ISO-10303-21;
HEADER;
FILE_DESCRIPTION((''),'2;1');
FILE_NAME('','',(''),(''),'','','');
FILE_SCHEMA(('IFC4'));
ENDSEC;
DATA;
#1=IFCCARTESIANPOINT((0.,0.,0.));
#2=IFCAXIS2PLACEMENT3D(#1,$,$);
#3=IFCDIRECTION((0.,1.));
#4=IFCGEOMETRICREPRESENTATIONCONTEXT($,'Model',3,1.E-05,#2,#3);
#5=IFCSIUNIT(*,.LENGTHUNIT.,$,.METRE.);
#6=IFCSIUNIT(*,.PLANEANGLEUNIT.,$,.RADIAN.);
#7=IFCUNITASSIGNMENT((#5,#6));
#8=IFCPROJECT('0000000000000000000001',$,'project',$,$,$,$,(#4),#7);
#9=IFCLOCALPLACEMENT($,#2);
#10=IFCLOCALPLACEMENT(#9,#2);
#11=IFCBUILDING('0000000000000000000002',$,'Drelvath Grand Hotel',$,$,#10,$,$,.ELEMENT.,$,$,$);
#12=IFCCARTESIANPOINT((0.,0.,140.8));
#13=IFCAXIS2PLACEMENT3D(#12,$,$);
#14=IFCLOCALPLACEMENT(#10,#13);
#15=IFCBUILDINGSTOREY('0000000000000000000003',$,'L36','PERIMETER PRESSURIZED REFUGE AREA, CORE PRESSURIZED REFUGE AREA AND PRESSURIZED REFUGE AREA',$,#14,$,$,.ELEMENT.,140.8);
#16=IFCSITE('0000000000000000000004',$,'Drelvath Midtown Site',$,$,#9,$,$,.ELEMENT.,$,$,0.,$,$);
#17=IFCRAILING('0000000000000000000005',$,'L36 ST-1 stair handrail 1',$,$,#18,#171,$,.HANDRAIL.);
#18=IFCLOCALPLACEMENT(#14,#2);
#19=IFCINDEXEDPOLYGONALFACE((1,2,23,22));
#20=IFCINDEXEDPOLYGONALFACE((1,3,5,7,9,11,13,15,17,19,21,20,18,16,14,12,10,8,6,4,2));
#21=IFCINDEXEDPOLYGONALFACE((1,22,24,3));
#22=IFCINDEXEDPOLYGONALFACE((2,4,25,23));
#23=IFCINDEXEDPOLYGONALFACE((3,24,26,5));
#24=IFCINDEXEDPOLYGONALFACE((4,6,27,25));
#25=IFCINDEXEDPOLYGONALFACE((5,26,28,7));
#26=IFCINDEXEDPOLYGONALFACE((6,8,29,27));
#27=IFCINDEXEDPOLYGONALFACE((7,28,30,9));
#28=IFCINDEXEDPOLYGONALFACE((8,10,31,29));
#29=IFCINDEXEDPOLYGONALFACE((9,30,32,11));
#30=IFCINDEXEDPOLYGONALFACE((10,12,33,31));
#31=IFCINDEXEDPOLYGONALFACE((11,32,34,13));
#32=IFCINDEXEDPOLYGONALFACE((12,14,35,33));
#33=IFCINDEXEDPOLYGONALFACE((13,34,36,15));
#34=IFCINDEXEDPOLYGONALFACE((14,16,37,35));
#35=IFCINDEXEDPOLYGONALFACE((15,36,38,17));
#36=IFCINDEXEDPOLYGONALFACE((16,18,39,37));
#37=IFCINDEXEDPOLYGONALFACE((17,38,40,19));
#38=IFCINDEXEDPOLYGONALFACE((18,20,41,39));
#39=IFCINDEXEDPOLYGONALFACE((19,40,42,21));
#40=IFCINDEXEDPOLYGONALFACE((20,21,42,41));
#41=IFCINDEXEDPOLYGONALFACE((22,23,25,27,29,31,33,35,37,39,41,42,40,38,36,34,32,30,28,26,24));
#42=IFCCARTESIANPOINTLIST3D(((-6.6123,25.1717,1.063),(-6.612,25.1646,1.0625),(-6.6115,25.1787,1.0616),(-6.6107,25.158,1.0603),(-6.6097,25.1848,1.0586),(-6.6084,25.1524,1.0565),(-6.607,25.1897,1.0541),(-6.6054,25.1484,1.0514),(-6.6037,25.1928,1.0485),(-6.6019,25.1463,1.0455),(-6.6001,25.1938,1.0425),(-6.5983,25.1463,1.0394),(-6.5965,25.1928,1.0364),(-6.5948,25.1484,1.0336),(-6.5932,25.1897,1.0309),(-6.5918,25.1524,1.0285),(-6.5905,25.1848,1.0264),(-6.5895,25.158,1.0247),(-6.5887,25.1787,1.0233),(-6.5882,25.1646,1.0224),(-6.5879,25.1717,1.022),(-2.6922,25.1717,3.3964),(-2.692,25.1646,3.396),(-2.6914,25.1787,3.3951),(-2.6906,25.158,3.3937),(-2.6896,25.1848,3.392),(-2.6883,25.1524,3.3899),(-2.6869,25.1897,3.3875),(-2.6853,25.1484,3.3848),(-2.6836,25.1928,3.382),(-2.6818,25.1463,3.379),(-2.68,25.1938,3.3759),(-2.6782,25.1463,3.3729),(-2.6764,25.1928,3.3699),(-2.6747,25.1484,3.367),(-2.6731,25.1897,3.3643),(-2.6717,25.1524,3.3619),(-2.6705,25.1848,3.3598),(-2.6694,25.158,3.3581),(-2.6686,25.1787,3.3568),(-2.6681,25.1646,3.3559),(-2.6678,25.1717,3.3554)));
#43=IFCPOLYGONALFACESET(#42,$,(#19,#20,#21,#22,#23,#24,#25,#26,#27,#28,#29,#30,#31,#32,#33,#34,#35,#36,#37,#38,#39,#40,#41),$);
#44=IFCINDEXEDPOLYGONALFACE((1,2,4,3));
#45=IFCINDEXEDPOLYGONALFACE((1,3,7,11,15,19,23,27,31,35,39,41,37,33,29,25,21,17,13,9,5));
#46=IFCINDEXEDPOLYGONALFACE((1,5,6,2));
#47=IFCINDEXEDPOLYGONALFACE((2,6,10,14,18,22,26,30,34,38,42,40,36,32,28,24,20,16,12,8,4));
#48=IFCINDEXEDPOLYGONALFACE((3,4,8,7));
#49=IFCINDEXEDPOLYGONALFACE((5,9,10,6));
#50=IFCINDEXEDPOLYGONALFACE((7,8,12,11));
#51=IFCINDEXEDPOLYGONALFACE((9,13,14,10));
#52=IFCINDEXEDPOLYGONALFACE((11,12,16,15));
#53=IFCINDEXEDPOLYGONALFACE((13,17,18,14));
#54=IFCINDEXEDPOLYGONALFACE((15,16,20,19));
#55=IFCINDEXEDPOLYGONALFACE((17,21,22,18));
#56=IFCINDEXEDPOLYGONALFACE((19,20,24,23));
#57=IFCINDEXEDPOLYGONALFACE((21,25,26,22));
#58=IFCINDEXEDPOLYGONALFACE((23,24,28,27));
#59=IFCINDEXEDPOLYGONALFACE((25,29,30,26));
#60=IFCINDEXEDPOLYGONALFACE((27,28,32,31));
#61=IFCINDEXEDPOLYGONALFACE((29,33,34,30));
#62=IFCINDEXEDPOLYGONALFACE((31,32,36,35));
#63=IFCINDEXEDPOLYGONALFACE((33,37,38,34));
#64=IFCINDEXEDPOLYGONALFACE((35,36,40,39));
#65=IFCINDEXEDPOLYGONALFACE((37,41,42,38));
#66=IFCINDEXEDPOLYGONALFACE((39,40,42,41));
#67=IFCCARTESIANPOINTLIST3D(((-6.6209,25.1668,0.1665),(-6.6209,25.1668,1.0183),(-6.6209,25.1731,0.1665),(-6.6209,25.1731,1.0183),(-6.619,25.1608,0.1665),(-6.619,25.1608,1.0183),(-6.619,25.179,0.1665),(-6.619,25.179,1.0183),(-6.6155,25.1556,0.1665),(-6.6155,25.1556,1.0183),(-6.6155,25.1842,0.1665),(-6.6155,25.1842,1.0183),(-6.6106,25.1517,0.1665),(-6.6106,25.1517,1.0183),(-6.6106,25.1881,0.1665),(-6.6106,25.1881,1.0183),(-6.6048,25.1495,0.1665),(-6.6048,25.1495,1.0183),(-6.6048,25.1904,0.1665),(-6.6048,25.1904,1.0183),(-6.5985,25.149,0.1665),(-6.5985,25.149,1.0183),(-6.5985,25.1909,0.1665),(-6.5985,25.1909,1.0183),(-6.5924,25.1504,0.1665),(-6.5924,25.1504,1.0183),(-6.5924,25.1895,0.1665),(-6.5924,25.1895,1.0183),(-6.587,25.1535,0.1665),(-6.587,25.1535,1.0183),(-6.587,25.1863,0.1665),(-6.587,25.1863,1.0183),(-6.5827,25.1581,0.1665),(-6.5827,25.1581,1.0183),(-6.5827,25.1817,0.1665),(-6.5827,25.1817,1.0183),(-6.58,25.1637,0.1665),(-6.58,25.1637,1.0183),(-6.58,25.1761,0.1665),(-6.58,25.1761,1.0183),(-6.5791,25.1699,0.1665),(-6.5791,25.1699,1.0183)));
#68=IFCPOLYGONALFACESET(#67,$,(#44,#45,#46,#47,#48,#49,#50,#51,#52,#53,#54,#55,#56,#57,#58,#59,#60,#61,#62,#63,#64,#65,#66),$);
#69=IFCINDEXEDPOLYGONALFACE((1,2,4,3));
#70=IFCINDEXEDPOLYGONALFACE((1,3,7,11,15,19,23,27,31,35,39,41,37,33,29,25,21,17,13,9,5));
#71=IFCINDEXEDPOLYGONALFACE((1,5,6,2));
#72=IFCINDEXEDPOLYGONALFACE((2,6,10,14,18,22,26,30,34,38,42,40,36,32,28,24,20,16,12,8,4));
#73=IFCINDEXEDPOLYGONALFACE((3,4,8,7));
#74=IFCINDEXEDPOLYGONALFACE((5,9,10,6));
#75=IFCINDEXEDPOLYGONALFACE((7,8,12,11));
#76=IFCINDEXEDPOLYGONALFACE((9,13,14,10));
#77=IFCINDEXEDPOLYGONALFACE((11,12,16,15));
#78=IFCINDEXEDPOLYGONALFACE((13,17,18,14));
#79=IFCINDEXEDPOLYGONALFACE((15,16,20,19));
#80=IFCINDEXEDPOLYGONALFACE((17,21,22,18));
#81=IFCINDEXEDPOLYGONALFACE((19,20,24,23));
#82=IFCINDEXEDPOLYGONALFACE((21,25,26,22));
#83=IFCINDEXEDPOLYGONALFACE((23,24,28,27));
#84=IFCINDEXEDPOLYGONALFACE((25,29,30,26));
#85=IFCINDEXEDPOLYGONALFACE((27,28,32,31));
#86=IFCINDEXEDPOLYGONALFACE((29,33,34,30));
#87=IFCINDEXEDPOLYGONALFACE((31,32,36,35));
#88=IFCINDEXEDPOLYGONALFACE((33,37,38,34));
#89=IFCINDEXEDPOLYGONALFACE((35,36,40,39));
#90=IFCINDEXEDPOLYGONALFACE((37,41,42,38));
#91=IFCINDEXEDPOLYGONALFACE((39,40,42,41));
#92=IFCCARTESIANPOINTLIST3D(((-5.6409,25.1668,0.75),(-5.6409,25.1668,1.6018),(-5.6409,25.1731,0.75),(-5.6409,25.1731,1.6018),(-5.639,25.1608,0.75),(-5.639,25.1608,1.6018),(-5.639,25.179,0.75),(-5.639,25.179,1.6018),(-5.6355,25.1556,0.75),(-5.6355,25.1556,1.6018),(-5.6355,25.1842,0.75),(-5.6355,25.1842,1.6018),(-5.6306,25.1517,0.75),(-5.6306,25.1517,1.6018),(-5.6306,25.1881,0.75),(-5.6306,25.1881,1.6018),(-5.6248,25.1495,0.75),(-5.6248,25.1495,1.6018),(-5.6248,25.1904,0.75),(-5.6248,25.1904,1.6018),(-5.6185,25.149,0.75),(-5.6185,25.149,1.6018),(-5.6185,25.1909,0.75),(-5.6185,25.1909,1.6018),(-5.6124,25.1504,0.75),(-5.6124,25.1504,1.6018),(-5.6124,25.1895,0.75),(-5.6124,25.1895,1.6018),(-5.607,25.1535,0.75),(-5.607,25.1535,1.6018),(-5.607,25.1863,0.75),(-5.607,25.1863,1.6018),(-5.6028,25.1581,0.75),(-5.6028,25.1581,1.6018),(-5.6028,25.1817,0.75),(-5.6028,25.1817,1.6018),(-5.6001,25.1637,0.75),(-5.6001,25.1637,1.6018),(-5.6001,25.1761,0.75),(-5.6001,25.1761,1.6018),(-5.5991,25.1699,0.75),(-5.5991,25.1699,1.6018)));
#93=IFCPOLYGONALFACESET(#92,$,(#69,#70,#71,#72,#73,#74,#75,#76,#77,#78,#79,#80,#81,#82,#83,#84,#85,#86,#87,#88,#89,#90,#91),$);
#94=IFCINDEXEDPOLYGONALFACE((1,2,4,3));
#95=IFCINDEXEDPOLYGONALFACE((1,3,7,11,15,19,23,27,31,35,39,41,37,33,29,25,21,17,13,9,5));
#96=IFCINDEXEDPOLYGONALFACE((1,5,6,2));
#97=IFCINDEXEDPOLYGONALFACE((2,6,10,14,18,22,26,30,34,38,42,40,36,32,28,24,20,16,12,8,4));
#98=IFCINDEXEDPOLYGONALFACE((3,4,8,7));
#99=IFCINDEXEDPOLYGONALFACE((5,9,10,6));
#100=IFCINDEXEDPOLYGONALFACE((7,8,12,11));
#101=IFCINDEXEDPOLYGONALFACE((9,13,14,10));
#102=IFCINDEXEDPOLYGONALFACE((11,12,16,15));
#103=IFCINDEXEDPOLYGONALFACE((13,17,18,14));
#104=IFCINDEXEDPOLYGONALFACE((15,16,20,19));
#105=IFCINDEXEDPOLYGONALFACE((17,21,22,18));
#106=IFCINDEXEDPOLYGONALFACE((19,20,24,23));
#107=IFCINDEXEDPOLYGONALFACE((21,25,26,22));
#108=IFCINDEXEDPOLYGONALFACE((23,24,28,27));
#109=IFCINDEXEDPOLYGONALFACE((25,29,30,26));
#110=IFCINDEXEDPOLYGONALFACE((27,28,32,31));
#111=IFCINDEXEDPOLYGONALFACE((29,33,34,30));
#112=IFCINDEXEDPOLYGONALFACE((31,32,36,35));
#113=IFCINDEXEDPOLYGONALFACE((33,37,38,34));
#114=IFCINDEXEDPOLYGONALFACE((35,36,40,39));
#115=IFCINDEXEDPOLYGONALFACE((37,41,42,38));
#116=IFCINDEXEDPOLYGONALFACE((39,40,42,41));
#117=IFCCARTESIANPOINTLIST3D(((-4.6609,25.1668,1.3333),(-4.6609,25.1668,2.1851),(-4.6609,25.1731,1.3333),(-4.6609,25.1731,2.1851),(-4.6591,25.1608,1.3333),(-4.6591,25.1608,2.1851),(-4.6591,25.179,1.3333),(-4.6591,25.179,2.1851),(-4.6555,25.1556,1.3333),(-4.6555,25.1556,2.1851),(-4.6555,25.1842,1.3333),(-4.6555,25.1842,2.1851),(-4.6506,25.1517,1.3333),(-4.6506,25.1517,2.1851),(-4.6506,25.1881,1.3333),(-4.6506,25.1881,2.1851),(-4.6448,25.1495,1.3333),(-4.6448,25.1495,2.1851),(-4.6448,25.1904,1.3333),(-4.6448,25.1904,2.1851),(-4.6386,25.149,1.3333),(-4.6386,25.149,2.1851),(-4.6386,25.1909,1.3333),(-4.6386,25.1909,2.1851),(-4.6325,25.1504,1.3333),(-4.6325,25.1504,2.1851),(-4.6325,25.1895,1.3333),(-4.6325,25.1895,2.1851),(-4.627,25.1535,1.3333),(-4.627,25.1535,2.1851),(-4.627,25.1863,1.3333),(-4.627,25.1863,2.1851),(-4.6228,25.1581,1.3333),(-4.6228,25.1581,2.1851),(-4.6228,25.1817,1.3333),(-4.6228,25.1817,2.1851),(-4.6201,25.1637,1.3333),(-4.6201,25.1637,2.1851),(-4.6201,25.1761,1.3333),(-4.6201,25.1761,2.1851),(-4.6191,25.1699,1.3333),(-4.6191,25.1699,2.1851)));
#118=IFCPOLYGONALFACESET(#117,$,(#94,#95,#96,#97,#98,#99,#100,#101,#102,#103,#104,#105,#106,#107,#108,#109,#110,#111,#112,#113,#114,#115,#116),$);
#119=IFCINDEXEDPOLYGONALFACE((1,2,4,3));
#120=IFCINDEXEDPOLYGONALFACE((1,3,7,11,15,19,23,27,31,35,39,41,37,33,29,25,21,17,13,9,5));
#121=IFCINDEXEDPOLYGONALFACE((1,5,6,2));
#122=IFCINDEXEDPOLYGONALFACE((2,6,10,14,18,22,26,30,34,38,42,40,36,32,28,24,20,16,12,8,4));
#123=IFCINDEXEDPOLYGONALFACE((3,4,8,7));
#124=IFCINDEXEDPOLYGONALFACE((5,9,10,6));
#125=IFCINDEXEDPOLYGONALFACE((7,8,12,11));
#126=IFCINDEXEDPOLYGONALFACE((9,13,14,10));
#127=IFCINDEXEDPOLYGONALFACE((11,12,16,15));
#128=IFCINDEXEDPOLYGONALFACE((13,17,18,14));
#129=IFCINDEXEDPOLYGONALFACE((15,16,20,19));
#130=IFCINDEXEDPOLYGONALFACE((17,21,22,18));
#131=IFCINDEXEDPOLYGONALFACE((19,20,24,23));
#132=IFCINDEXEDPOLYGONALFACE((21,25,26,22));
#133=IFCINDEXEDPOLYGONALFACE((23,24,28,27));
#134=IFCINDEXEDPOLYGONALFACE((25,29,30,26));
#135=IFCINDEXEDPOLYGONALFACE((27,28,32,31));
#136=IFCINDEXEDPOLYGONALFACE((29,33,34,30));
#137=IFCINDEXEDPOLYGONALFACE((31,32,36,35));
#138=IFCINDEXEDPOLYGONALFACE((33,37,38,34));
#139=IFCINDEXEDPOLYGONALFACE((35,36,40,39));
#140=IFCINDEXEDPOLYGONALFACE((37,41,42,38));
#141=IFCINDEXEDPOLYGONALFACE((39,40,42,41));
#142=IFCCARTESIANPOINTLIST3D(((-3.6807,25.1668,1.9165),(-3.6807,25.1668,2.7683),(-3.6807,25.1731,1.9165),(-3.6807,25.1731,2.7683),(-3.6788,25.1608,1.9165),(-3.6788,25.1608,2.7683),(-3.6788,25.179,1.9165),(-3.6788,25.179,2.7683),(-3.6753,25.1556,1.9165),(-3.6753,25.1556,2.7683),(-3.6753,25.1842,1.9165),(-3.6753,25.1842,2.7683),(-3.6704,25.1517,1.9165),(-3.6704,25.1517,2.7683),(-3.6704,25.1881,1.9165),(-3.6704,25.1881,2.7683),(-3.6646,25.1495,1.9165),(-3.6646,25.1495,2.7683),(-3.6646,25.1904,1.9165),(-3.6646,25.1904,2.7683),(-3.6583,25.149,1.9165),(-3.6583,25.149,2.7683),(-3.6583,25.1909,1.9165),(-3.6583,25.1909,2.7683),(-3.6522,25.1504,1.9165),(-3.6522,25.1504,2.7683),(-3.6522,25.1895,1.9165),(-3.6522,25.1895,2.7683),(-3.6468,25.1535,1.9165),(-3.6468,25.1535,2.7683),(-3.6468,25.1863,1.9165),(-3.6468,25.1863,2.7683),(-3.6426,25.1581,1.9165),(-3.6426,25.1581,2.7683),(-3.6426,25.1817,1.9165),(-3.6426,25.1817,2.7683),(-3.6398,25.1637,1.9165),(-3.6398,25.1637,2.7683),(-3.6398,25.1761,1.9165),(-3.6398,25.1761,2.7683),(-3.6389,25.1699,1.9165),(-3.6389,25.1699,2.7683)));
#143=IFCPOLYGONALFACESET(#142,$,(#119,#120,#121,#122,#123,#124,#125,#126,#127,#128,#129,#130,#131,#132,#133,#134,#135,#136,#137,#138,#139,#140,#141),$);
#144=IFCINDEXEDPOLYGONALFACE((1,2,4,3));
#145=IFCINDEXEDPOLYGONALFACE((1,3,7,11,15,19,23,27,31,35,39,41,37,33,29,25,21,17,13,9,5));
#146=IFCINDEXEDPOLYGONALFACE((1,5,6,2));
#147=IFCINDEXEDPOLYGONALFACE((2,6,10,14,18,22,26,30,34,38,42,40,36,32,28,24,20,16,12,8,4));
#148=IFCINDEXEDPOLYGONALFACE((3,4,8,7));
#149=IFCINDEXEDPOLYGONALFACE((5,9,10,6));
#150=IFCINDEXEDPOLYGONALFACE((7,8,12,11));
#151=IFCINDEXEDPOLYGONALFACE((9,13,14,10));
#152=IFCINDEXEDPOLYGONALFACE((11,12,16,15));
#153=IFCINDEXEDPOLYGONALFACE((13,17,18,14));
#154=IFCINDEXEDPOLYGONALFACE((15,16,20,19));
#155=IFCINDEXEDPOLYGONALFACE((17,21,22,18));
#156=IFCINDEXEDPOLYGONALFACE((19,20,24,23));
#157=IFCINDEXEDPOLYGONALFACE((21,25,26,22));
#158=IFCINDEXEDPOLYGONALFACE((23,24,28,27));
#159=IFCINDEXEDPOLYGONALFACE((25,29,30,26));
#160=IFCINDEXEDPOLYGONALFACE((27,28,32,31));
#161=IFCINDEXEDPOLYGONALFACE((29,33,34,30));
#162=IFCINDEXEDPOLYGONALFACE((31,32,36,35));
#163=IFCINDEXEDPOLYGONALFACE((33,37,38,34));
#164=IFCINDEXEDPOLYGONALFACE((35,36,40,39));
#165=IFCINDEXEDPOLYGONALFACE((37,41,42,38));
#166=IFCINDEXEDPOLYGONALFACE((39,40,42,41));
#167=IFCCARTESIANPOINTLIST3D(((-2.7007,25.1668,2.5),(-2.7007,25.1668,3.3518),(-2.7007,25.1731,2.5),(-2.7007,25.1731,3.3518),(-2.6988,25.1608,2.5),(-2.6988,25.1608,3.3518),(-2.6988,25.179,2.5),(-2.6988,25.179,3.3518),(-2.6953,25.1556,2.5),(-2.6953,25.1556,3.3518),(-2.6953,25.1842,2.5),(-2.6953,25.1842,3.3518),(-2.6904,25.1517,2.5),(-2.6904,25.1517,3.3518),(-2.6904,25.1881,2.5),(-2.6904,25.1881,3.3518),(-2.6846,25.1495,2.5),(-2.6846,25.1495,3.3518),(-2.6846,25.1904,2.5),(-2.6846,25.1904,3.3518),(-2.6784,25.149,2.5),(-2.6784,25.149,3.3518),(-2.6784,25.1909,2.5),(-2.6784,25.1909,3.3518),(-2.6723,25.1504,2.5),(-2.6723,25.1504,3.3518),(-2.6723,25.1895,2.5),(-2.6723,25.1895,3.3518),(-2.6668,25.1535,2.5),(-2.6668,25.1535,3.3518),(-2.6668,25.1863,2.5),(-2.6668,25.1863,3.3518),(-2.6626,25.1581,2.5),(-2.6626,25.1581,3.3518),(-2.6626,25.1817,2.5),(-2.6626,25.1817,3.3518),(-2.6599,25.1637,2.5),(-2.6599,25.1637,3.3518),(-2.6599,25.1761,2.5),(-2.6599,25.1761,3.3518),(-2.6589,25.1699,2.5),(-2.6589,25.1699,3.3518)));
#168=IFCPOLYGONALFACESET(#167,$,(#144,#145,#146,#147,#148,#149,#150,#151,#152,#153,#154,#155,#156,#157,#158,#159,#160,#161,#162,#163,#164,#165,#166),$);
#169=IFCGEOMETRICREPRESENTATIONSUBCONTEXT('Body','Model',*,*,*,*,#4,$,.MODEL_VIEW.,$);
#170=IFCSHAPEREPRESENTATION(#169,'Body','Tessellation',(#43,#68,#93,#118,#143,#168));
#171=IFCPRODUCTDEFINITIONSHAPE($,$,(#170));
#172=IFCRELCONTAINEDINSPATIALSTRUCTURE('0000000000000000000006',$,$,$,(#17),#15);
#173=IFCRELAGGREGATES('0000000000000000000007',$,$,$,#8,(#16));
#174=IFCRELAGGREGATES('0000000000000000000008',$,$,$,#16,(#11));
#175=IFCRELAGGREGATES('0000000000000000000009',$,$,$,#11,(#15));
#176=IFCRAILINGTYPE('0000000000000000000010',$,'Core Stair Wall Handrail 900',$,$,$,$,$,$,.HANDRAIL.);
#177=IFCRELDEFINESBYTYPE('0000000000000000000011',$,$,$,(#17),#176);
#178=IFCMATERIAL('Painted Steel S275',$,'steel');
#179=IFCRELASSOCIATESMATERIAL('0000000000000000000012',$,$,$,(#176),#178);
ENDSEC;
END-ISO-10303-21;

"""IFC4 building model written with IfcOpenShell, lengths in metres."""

from ifc_helpers import new_model, si_unit, direction, frame, origin, origin_2d, place, context, subcontext, project, spatial, circle, extrude, material, type_object, element, save


model = new_model("IFC4")

# Units and contexts
model_context = context("Model", 3, precision=1e-05, world=origin(), true_north=direction((0.0, 1.0)))
body_context = subcontext(model_context, "Body", "Model", "MODEL_VIEW")
ifc_project = project(units=[si_unit("LENGTHUNIT", "METRE"), si_unit("PLANEANGLEUNIT", "RADIAN")], contexts=[model_context])

# Site, building, storey
site_placement = place(None, origin())
site = spatial("IfcSite", under=ifc_project, at=site_placement, Name="Drelvath Midtown Site", CompositionType="ELEMENT", RefElevation=0.0)
building_placement = place(site_placement, origin())
building = spatial("IfcBuilding", under=site, at=building_placement, Name="Drelvath Grand Hotel", CompositionType="ELEMENT")
storey_placement = place(building_placement, frame((0.0, 0.0, 140.8)))
storey = spatial("IfcBuildingStorey", under=building, at=storey_placement, Name="L36", Description="PERIMETER PRESSURIZED REFUGE AREA, CORE PRESSURIZED REFUGE AREA AND PRESSURIZED REFUGE AREA", CompositionType="ELEMENT", Elevation=140.8)

# Shared definitions
ifc_material_1 = material(Name="Painted Steel S275", Category="steel")

# Railing
railing_type_1 = type_object("IfcRailingType", Name="Core Stair Wall Handrail 900", PredefinedType="HANDRAIL", material=ifc_material_1)
railing_1_placement = place(storey_placement, frame((-6.6001, 25.1699, 0.1665)))
element("IfcRailing", 1, at=railing_1_placement, inside=storey, type_object=railing_type_1, Name="L36 ST-1 stair handrail 1", PredefinedType="HANDRAIL", context=body_context, shape_type="SweptSolid", body=[
    extrude(circle(Radius=0.0239, at=origin_2d()), frame((0.0, 0.0, 0.876), z_axis=(0.859287, 0.0, 0.511494), x_axis=(0.0, 1.0, 0.0)), (0.0, 0.0, 1.0), 4.562),
    extrude(circle(Radius=0.021, at=origin_2d()), origin(), (0.0, 0.0, 1.0), 0.8518),
    extrude(circle(Radius=0.021, at=origin_2d()), frame((0.98, 0.0, 0.5835)), (0.0, 0.0, 1.0), 0.8518),
    extrude(circle(Radius=0.021, at=origin_2d()), frame((1.96, 0.0, 1.1667)), (0.0, 0.0, 1.0), 0.8518),
    extrude(circle(Radius=0.021, at=origin_2d()), frame((2.9402, 0.0, 1.75)), (0.0, 0.0, 1.0), 0.8518),
    extrude(circle(Radius=0.021, at=origin_2d()), frame((3.9202, 0.0, 2.3335)), (0.0, 0.0, 1.0), 0.8518),
])

save(model, "model.ifc")
